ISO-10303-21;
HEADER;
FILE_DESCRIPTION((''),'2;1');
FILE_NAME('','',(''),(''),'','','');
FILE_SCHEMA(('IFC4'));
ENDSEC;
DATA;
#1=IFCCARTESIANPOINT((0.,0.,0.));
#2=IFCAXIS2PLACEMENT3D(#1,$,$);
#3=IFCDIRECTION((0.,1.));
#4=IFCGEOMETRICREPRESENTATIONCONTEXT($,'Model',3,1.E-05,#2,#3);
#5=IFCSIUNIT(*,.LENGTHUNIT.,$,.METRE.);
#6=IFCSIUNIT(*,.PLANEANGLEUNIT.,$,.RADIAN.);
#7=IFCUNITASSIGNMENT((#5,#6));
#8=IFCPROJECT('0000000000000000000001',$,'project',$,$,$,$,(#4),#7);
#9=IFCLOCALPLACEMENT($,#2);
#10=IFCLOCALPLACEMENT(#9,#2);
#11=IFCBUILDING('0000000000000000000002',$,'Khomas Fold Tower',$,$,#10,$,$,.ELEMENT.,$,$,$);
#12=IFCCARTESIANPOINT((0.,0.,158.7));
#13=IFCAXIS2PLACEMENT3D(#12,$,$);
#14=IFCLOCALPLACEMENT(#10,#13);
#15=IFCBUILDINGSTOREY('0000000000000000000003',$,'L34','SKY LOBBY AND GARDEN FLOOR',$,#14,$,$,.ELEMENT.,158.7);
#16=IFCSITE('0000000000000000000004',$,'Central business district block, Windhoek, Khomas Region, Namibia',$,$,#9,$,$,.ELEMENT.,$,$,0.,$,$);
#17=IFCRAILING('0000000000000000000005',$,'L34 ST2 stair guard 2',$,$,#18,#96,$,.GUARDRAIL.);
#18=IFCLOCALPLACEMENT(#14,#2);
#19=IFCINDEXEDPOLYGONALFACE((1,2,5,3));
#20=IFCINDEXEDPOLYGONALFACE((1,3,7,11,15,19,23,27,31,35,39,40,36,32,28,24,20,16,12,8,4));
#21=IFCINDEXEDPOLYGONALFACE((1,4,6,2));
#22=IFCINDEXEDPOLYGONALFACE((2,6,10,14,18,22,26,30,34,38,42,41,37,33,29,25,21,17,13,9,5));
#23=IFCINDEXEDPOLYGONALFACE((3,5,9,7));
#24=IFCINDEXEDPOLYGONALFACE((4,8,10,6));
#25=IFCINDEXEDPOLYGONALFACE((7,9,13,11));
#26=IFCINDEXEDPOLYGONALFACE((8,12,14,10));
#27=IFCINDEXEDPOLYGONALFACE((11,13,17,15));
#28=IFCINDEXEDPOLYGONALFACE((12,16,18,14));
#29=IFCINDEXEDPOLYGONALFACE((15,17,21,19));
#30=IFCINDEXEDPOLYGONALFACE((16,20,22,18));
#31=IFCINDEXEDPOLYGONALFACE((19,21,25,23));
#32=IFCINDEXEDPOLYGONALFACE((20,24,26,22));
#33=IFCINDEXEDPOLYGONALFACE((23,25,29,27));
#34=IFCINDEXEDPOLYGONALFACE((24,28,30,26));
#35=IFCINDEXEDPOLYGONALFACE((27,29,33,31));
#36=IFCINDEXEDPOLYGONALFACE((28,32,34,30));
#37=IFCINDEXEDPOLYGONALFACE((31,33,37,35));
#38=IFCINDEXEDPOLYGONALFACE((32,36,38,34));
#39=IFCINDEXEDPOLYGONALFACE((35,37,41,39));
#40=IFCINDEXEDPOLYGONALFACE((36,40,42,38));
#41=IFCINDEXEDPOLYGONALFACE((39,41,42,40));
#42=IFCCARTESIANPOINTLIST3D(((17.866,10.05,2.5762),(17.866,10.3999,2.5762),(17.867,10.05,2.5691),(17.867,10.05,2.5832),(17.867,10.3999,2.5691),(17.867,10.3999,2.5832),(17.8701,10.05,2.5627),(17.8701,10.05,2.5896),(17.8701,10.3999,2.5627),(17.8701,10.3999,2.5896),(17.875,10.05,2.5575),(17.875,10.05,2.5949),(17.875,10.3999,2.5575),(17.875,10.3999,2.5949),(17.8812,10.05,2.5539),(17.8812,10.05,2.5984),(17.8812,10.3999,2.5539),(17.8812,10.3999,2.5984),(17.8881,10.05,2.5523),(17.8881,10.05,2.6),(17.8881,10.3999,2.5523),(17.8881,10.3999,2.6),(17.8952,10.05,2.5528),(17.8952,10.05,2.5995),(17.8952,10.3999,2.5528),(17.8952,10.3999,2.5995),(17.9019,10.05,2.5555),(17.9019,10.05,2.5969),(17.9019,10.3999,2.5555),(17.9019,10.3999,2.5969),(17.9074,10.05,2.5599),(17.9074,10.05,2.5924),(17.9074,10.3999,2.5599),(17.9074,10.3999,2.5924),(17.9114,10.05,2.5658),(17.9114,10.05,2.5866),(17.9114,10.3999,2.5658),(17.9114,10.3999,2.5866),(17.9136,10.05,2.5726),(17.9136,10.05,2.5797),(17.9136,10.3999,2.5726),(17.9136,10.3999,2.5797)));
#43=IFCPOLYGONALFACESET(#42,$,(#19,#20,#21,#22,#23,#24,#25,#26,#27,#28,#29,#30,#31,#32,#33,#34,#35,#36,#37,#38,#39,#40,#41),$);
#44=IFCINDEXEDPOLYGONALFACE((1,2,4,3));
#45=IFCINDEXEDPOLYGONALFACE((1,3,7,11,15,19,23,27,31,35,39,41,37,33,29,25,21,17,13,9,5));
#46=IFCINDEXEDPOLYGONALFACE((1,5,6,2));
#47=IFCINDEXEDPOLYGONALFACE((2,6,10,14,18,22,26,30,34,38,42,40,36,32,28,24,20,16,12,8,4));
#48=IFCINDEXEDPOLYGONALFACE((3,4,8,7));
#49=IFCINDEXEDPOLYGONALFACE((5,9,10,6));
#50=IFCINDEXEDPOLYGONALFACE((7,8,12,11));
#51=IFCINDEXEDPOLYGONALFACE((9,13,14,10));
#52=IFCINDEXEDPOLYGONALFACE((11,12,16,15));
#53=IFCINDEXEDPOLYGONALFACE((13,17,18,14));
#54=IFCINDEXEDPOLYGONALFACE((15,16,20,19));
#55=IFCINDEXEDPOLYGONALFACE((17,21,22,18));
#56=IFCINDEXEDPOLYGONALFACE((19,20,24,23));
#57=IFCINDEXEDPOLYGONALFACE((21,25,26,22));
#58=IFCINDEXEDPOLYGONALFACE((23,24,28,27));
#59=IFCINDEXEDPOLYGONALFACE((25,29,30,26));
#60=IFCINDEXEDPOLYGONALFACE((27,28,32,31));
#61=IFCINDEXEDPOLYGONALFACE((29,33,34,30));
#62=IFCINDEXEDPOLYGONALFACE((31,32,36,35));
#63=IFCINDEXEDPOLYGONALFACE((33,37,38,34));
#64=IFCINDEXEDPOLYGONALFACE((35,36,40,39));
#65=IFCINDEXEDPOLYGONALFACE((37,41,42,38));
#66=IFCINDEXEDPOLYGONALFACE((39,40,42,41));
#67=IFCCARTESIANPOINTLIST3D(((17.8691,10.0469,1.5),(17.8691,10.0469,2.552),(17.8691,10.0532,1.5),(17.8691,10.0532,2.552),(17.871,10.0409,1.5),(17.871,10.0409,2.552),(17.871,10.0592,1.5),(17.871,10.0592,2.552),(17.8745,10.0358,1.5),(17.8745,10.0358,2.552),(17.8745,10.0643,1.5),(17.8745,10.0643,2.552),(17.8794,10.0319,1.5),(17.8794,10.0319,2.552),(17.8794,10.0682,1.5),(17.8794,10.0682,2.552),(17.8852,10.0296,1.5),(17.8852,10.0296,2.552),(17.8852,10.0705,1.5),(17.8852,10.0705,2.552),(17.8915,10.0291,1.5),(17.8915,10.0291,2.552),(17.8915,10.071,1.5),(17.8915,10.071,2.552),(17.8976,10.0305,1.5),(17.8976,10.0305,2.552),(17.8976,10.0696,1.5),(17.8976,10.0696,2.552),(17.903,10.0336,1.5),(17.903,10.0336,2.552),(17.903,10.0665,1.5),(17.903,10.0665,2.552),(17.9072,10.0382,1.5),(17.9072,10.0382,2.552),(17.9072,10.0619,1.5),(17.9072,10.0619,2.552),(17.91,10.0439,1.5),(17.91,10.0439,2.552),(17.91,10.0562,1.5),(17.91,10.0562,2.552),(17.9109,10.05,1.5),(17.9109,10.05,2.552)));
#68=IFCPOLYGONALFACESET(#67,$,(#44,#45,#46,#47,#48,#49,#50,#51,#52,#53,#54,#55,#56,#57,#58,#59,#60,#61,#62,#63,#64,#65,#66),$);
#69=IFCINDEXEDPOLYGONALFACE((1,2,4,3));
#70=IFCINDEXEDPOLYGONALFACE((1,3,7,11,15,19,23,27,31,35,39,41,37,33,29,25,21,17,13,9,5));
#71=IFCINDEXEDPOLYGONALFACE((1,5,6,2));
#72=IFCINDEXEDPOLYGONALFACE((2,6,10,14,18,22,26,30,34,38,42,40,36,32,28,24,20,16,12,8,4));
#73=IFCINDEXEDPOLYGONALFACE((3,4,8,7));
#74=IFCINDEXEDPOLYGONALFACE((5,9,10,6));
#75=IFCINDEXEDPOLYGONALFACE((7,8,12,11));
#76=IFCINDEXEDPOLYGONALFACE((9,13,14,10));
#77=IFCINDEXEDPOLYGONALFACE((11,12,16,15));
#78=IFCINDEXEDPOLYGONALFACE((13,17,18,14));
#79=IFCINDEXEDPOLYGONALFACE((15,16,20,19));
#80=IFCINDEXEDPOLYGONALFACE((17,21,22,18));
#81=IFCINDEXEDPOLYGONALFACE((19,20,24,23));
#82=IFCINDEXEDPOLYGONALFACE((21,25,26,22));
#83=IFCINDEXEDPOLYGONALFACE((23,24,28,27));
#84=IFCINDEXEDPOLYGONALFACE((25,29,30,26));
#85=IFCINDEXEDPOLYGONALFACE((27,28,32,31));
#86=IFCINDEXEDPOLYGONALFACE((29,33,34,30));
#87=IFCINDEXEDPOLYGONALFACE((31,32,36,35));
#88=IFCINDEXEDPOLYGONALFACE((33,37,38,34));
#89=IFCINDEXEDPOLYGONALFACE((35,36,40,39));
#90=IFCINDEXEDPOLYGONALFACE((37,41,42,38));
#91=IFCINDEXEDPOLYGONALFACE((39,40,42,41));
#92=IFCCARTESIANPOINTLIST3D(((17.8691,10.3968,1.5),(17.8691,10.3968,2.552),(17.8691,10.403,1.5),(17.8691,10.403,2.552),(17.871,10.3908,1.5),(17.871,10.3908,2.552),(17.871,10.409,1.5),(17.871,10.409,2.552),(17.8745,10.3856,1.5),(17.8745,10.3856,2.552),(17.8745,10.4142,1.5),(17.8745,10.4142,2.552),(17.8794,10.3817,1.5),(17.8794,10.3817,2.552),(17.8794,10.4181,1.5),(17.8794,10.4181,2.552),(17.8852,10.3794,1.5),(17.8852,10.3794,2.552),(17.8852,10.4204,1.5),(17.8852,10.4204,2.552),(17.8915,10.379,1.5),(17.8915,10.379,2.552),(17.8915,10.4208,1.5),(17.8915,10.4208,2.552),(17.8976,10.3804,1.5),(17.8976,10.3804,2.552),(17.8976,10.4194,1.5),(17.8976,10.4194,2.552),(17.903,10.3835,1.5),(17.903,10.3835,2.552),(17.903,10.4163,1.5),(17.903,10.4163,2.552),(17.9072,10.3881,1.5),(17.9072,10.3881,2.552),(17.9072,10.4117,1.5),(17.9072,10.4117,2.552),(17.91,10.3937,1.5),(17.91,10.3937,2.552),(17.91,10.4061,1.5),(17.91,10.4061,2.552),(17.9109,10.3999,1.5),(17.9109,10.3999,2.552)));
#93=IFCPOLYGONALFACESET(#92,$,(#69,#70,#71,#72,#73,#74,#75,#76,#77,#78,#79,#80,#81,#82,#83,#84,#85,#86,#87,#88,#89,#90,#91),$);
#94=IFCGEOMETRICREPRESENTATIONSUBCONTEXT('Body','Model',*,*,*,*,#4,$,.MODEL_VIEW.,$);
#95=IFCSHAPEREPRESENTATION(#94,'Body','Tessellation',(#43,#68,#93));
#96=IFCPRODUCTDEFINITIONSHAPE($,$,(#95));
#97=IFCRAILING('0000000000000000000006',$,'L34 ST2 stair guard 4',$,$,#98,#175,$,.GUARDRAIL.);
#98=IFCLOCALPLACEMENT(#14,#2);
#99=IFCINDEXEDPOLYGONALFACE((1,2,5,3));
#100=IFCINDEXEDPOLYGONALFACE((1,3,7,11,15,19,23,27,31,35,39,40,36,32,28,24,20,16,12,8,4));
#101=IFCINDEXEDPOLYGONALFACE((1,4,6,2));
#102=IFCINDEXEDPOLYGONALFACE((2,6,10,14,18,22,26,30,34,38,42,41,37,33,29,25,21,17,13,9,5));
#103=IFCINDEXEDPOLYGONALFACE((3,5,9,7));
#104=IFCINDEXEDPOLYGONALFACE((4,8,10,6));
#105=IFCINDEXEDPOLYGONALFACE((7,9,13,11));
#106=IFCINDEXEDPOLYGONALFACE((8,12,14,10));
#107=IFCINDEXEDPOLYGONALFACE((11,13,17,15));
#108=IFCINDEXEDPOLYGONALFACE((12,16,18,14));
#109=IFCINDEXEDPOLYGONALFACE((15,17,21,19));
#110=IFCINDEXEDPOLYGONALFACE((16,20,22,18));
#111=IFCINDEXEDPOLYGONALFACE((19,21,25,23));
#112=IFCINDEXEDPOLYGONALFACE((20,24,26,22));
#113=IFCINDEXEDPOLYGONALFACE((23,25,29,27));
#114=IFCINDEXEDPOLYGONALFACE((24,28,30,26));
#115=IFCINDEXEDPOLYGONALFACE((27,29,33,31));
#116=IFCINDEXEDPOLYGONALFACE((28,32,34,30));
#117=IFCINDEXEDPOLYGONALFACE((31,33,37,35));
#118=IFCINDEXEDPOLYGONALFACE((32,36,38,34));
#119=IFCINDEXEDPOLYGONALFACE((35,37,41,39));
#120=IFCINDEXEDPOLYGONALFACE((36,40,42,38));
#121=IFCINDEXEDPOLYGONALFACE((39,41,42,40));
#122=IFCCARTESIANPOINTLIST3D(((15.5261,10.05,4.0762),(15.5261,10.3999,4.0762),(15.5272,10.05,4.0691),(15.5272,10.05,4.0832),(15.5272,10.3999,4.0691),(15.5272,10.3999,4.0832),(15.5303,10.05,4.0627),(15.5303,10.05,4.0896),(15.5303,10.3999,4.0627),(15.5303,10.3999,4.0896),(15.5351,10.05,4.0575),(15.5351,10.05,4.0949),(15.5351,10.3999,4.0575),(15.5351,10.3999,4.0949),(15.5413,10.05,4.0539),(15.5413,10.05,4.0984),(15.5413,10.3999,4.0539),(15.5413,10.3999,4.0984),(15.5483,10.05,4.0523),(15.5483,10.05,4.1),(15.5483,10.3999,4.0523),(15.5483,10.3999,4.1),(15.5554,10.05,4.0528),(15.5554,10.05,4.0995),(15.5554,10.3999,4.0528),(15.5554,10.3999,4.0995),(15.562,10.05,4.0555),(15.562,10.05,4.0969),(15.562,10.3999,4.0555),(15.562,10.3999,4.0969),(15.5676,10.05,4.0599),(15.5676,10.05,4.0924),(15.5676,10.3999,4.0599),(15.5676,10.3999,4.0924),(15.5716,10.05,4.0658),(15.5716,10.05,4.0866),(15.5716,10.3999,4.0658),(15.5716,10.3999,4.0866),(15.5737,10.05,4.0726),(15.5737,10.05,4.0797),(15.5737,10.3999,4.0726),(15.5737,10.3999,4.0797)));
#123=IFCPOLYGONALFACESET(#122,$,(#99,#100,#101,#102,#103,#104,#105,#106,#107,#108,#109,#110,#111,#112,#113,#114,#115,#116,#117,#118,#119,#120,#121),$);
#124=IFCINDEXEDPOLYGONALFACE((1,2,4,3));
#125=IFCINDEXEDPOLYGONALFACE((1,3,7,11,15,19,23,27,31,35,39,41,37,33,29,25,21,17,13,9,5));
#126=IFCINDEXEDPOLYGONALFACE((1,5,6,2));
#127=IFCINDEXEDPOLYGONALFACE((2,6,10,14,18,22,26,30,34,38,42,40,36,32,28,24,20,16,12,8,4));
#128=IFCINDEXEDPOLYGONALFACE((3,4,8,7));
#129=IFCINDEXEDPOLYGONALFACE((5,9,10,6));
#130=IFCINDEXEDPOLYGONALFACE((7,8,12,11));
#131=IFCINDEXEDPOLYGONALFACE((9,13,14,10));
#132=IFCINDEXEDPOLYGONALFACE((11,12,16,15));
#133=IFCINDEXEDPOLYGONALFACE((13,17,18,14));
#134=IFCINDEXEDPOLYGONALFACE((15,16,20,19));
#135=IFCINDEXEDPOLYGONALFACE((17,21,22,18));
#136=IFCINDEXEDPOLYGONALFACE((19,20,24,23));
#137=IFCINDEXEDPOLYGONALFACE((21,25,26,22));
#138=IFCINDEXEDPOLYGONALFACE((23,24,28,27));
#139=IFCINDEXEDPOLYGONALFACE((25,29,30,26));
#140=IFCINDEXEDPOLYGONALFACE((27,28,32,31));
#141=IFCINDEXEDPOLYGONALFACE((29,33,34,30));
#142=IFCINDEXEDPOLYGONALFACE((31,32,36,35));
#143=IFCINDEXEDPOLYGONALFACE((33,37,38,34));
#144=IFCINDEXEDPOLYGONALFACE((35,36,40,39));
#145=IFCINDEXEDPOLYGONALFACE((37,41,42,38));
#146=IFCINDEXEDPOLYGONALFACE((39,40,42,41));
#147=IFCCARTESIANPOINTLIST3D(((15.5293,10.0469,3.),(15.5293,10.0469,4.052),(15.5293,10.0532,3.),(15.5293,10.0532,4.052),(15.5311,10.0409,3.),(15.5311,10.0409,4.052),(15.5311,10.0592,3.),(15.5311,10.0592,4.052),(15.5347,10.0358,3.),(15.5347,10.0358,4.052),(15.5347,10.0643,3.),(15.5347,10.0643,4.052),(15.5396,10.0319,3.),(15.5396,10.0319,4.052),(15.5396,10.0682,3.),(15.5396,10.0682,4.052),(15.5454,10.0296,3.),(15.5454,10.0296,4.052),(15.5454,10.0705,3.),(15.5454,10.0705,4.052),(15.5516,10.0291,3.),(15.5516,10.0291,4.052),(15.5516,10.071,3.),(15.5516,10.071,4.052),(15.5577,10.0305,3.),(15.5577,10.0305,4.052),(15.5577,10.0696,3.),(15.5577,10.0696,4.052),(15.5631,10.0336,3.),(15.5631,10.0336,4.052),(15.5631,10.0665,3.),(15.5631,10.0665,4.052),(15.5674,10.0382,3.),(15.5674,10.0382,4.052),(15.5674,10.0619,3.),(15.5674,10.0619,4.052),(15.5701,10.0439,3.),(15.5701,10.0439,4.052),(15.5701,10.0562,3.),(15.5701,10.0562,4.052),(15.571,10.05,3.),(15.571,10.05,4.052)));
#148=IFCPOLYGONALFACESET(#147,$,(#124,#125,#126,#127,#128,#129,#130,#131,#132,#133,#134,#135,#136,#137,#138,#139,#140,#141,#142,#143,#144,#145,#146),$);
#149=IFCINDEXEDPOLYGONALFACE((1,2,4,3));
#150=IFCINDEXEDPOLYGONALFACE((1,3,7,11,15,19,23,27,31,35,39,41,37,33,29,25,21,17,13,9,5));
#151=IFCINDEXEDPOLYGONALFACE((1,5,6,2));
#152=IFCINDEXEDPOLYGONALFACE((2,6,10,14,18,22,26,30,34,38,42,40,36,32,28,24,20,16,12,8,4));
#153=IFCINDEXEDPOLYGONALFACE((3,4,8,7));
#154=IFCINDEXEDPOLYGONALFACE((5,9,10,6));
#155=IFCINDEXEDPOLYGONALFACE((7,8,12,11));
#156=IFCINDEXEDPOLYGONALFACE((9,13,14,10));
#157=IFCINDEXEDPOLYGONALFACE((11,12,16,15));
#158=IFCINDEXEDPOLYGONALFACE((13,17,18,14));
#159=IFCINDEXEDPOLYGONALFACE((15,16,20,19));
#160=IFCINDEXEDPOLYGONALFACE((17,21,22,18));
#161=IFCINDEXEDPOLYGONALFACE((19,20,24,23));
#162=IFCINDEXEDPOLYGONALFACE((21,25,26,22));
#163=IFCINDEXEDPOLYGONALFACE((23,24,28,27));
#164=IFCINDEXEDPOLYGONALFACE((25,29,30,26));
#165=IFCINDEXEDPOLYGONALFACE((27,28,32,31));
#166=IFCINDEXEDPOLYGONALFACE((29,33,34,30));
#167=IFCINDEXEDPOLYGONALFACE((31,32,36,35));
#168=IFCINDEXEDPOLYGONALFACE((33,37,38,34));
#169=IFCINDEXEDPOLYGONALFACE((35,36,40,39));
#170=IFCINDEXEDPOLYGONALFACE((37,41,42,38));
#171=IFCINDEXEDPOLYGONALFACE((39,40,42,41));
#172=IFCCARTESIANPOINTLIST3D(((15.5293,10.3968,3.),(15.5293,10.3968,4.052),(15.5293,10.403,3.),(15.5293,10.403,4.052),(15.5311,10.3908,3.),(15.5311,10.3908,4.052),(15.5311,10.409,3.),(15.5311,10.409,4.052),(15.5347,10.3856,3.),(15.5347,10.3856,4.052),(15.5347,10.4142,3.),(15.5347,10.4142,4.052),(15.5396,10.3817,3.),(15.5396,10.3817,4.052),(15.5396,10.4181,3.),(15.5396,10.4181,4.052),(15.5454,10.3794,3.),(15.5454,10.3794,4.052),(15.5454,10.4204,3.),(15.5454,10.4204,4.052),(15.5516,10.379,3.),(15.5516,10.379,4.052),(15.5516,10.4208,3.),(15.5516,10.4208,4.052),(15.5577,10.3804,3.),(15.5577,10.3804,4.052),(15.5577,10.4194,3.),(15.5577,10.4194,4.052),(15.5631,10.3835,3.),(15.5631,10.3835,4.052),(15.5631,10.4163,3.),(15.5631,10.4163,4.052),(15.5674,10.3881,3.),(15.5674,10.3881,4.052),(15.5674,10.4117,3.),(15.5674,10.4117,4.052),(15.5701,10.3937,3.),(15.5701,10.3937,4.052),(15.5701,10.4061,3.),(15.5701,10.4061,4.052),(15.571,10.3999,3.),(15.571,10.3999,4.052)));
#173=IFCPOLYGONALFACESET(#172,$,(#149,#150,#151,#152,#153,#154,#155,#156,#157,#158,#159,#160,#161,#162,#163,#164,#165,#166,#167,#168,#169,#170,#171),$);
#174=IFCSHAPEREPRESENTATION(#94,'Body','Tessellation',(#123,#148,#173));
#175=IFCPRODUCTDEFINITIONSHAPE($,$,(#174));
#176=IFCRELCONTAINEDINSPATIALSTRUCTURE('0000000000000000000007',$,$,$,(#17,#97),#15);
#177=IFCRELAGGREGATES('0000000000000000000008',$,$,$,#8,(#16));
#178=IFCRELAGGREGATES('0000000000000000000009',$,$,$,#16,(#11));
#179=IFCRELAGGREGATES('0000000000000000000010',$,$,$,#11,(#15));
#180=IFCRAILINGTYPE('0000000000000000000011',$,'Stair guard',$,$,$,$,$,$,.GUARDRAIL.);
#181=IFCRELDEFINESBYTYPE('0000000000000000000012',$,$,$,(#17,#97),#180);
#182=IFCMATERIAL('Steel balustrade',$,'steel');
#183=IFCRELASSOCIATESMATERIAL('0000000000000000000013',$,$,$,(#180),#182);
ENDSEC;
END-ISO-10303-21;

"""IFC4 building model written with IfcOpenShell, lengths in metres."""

from ifc_helpers import new_model, si_unit, direction, frame, origin, origin_2d, place, context, subcontext, project, spatial, circle, extrude, source, transform, mapped, material, type_object, element, save


model = new_model("IFC4")

# Units and contexts
model_context = context("Model", 3, precision=1e-05, world=origin(), true_north=direction((0.0, 1.0)))
body_context = subcontext(model_context, "Body", "Model", "MODEL_VIEW")
ifc_project = project(units=[si_unit("LENGTHUNIT", "METRE"), si_unit("PLANEANGLEUNIT", "RADIAN")], contexts=[model_context])

# Site, building, storey
site_placement = place(None, origin())
site = spatial("IfcSite", under=ifc_project, at=site_placement, Name="Central business district block, Windhoek, Khomas Region, Namibia", CompositionType="ELEMENT", RefElevation=0.0)
building_placement = place(site_placement, origin())
building = spatial("IfcBuilding", under=site, at=building_placement, Name="Khomas Fold Tower", CompositionType="ELEMENT")
storey_placement = place(building_placement, frame((0.0, 0.0, 158.7)))
storey = spatial("IfcBuildingStorey", under=building, at=storey_placement, Name="L34", Description="SKY LOBBY AND GARDEN FLOOR", CompositionType="ELEMENT", Elevation=158.7)

# Railings
ifc_material_1 = material(Name="Steel balustrade", Category="steel")
railing_type_1 = type_object("IfcRailingType", Name="Stair guard", PredefinedType="GUARDRAIL", material=ifc_material_1)
shared_shape_1 = source(origin(), body_context, "Body", "SweptSolid", [
    extrude(circle(Radius=0.0239, at=origin_2d()), frame((0.0, 0.0, 1.0762), z_axis=(0.0, 1.0, 0.0), x_axis=(-1.0, 0.0, 0.0)), (0.0, 0.0, 1.0), 0.3499),
    extrude(circle(Radius=0.021, at=origin_2d()), origin(), (0.0, 0.0, 1.0), 1.052),
    extrude(circle(Radius=0.021, at=origin_2d()), frame((0.0, 0.3499, 0.0)), (0.0, 0.0, 1.0), 1.052),
])
for number, where, name in (
    (1, (17.8899, 10.05, 1.5), "L34 ST2 stair guard 2"),
    (2, (15.55, 10.05, 3.0), "L34 ST2 stair guard 4"),
):
    element("IfcRailing", number, at=place(storey_placement, frame(where)), inside=storey, type_object=railing_type_1, Name=name, PredefinedType="GUARDRAIL", context=body_context, shape_type="MappedRepresentation", body=[
        mapped(shared_shape_1, transform((0.0, 0.0, 0.0))),
    ])

save(model, "model.ifc")
